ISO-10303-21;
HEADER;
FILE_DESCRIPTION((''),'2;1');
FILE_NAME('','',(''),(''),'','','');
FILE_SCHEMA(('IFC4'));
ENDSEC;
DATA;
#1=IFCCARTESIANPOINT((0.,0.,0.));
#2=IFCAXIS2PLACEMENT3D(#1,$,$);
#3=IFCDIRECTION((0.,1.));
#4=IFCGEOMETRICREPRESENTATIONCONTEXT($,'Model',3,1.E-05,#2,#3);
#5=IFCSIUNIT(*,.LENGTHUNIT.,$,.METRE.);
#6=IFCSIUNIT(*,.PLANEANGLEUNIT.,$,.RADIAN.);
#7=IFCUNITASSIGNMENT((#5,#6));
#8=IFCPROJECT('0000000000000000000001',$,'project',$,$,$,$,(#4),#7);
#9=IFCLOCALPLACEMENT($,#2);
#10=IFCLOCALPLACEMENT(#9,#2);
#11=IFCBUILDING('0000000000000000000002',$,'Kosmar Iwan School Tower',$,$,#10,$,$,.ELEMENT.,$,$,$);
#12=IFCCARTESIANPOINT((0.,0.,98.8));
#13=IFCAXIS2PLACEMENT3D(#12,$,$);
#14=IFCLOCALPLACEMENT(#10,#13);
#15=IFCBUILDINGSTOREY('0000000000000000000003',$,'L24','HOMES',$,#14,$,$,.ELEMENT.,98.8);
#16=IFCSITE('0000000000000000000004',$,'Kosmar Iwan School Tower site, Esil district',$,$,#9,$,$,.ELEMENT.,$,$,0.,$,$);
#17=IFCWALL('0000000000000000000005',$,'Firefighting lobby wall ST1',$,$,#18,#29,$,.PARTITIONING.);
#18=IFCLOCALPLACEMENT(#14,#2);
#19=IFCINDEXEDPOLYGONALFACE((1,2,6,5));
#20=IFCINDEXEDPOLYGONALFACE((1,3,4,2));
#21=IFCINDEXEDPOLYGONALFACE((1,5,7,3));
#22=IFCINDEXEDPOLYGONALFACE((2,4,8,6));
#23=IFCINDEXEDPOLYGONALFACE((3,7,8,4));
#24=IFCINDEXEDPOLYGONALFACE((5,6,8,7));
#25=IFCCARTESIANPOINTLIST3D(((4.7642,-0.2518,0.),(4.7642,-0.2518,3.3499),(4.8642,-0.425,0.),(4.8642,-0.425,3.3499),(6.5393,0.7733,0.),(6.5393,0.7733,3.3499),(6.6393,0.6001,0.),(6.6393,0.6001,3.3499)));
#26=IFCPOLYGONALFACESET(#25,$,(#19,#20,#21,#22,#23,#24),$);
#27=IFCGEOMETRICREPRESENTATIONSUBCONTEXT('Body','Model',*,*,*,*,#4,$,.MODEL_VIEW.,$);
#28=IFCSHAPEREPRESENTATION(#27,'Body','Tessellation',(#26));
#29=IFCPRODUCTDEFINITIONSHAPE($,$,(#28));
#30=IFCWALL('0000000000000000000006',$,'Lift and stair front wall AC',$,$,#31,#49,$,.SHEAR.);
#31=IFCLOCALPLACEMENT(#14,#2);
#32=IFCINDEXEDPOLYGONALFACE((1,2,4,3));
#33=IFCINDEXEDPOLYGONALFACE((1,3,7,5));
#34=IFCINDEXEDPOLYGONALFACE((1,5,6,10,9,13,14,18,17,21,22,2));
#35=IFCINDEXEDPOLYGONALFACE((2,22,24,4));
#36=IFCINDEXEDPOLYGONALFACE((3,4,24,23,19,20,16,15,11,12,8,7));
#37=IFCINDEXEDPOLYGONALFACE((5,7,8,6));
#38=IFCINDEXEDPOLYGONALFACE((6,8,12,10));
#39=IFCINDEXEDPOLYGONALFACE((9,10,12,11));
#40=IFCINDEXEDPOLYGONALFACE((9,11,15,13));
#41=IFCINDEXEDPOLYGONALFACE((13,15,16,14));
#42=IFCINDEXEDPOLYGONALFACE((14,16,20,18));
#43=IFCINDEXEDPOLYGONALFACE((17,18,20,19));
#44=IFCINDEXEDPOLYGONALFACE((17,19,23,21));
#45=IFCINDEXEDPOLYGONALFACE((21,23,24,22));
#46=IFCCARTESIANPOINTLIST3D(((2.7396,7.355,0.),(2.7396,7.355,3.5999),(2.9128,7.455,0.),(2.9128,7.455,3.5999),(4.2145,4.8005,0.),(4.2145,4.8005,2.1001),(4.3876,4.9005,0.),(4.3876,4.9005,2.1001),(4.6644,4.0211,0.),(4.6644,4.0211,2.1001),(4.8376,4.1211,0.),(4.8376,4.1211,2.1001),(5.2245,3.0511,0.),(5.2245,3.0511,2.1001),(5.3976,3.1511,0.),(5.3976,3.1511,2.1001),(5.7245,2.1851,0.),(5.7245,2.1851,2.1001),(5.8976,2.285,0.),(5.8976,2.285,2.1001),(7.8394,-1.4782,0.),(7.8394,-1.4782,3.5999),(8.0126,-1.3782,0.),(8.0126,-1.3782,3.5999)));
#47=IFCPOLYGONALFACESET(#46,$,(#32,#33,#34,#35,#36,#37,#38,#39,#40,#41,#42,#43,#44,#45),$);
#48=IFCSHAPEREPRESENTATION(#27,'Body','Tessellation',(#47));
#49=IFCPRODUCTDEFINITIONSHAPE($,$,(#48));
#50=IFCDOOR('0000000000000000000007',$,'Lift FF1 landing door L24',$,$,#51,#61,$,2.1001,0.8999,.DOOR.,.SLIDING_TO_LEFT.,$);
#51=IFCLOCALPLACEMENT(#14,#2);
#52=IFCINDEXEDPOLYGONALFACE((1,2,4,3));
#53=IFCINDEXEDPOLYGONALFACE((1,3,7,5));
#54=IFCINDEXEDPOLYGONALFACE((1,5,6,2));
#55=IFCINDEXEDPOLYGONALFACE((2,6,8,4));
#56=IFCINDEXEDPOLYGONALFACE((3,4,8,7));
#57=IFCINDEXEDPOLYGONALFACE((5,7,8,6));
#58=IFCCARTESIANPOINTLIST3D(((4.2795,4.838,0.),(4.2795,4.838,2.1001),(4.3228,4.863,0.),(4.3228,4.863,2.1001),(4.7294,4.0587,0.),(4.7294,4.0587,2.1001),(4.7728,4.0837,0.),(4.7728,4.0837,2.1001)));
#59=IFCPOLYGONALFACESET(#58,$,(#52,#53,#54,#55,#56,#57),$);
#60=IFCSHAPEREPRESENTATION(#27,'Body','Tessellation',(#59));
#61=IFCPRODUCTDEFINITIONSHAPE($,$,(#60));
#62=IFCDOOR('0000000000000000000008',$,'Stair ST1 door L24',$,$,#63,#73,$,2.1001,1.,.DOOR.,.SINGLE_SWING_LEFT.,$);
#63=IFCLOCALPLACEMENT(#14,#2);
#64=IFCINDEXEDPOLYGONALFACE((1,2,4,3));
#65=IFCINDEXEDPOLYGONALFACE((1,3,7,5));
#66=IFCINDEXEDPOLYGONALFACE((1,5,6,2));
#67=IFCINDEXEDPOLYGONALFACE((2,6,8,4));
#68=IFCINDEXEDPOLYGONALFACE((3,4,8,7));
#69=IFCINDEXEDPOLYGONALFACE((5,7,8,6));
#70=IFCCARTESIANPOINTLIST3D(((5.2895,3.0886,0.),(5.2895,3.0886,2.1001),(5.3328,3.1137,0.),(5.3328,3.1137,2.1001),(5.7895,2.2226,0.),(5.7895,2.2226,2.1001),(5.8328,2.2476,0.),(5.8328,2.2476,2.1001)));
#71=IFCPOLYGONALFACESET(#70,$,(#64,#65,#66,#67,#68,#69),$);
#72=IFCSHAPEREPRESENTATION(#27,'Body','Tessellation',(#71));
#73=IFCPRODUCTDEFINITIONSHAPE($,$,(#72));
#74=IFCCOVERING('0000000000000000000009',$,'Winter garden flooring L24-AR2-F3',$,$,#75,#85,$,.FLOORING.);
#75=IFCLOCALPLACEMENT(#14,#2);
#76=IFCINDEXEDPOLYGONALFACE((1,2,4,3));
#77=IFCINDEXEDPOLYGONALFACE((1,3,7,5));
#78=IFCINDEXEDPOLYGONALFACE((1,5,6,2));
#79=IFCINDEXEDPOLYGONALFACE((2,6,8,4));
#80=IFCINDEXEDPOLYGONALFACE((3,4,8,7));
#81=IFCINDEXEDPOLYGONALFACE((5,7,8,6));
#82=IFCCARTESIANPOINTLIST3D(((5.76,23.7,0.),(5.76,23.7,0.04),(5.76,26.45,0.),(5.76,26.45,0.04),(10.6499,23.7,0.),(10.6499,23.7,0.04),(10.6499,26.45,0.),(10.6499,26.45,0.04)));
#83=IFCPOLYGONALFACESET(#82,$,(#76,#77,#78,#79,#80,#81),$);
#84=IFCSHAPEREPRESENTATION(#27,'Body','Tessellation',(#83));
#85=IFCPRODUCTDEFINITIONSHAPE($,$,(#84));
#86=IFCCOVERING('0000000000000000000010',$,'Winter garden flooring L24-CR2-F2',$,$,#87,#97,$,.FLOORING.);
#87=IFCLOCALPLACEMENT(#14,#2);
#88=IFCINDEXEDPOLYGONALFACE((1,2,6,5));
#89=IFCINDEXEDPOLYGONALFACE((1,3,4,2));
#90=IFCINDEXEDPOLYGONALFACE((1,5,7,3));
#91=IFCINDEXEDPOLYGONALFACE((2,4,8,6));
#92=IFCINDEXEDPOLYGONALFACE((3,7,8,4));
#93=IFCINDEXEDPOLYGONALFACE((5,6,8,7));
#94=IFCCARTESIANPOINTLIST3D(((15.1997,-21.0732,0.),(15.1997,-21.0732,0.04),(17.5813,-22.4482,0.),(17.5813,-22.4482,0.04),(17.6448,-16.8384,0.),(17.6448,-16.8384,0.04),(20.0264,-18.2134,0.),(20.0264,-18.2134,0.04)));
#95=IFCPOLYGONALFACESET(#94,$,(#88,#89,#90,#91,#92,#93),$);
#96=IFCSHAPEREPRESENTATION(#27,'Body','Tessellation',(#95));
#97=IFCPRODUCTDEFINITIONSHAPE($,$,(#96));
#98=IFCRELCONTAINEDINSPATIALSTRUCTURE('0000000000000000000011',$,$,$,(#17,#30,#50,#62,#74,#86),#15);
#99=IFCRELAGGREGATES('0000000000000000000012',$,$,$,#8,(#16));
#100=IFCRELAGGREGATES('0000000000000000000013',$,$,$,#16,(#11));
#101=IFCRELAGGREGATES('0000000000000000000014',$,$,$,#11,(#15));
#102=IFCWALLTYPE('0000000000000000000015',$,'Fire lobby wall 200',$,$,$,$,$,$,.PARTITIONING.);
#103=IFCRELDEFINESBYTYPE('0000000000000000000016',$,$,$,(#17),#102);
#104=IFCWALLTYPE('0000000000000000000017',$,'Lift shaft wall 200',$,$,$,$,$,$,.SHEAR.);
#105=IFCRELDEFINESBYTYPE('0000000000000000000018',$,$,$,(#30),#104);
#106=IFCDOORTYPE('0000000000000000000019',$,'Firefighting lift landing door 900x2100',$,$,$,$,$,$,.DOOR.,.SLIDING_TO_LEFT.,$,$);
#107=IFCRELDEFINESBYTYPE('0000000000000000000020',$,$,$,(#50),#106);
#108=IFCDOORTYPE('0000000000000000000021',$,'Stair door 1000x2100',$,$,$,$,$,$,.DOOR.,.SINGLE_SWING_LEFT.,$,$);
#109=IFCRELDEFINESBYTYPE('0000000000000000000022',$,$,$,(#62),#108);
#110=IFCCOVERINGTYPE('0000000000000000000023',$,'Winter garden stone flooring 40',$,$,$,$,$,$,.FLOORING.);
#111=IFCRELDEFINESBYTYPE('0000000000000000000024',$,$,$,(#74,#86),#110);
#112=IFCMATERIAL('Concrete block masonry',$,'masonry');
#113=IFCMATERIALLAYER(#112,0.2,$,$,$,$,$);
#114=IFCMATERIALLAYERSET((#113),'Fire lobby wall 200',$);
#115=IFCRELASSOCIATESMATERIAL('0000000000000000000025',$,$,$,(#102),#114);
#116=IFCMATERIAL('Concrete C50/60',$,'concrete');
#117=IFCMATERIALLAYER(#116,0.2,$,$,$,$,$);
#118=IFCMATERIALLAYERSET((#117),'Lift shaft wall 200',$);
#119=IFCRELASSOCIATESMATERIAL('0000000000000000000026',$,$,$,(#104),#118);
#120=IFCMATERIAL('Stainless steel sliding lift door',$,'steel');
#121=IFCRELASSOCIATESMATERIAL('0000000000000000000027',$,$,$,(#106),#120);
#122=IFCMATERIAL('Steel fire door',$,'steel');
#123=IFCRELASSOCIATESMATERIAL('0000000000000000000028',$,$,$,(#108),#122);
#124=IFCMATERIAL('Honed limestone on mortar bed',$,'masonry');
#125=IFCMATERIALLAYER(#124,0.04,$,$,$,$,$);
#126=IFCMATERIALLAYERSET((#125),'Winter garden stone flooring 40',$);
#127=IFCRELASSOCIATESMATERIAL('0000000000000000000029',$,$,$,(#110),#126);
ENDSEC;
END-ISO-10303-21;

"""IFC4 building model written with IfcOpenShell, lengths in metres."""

from ifc_helpers import new_model, si_unit, direction, frame, frame_2d, origin, place, context, subcontext, project, spatial, polyline, rectangle, outline, extrude, material, layer, layer_set, type_object, element, fill, save


model = new_model("IFC4")

# Units and contexts
model_context = context("Model", 3, precision=1e-05, world=origin(), true_north=direction((0.0, 1.0)))
body_context = subcontext(model_context, "Body", "Model", "MODEL_VIEW")
ifc_project = project(units=[si_unit("LENGTHUNIT", "METRE"), si_unit("PLANEANGLEUNIT", "RADIAN")], contexts=[model_context])

# Site, building, storey
site_placement = place(None, origin())
site = spatial("IfcSite", under=ifc_project, at=site_placement, Name="Kosmar Iwan School Tower site, Esil district", CompositionType="ELEMENT", RefElevation=0.0)
building_placement = place(site_placement, origin())
building = spatial("IfcBuilding", under=site, at=building_placement, Name="Kosmar Iwan School Tower", CompositionType="ELEMENT")
storey_placement = place(building_placement, frame((0.0, 0.0, 98.8)))
storey = spatial("IfcBuildingStorey", under=building, at=storey_placement, Name="L24", Description="HOMES", CompositionType="ELEMENT", Elevation=98.8)

# Shared definitions
ifc_material_1 = material(Name="Concrete block masonry", Category="masonry")
ifc_layer_1 = layer(ifc_material_1, 0.2)
ifc_layer_set_1 = layer_set([ifc_layer_1], Name="Fire lobby wall 200")
wall_type_1 = type_object("IfcWallType", Name="Fire lobby wall 200", PredefinedType="PARTITIONING", material=ifc_layer_set_1)

# Wall
wall_1_placement = place(storey_placement, frame((4.8142, -0.3384, 0.0), z_axis=(0.0, 0.0, 1.0), x_axis=(0.865969, 0.500097, 0.0)))
element("IfcWall", 1, at=wall_1_placement, inside=storey, type_object=wall_type_1, Name="Firefighting lobby wall ST1", PredefinedType="PARTITIONING", context=body_context, shape_type="SweptSolid", body=[
    extrude(rectangle(XDim=2.0498, YDim=0.2, at=frame_2d((1.0249, 0.0))), origin(), (0.0, 0.0, 1.0), 3.3499),
])

# Wall, openings, doors
ifc_material_2 = material(Name="Concrete C50/60", Category="concrete")
ifc_layer_2 = layer(ifc_material_2, 0.2)
ifc_layer_set_2 = layer_set([ifc_layer_2], Name="Lift shaft wall 200")
wall_type_2 = type_object("IfcWallType", Name="Lift shaft wall 200", PredefinedType="SHEAR", material=ifc_layer_set_2)
wall_2_placement = place(storey_placement, frame((7.926, -1.4282, 0.0), z_axis=(0.0, 0.0, 1.0), x_axis=(-0.499998, 0.866027, 0.0)))
wall_2 = element("IfcWall", 2, at=wall_2_placement, inside=storey, type_object=wall_type_2, Name="Lift and stair front wall AC", PredefinedType="SHEAR", context=body_context, shape_type="SweptSolid", body=[
    extrude(rectangle(XDim=10.1997, YDim=0.2, at=frame_2d((5.0999, 0.0))), origin(), (0.0, 0.0, 1.0), 3.5999),
])
opening_1_placement = place(wall_2_placement, frame((6.3501, 0.0, 0.0)))
opening_1 = element("IfcOpeningElement", 3, at=opening_1_placement, cuts=wall_2, PredefinedType="OPENING", context=body_context, shape_type="SweptSolid", body=[
    extrude(rectangle(XDim=0.8999, YDim=2.1001, at=frame_2d((0.45, 1.05))), frame((0.0, 0.1121, 0.0), z_axis=(0.0, -1.0, 0.0), x_axis=(1.0, 0.0, 0.0)), (0.0, 0.0, 1.0), 0.2239),
])
opening_2_placement = place(wall_2_placement, frame((4.23, 0.0, 0.0)))
opening_2 = element("IfcOpeningElement", 4, at=opening_2_placement, cuts=wall_2, PredefinedType="OPENING", context=body_context, shape_type="SweptSolid", body=[
    extrude(rectangle(XDim=1.0, YDim=2.1001, at=frame_2d((0.5, 1.05))), frame((0.0, 0.1121, 0.0), z_axis=(0.0, -1.0, 0.0), x_axis=(1.0, 0.0, 0.0)), (0.0, 0.0, 1.0), 0.2239),
])
ifc_material_3 = material(Name="Stainless steel sliding lift door", Category="steel")
door_type_1 = type_object("IfcDoorType", Name="Firefighting lift landing door 900x2100", OperationType="SLIDING_TO_LEFT", PredefinedType="DOOR", material=ifc_material_3)
door_1_placement = place(opening_1_placement, origin())
door_1 = element("IfcDoor", 5, at=door_1_placement, inside=storey, type_object=door_type_1, Name="Lift FF1 landing door L24", OperationType="SLIDING_TO_LEFT", OverallHeight=2.1001, OverallWidth=0.8999, PredefinedType="DOOR", context=body_context, shape_type="SweptSolid", body=[
    extrude(rectangle(XDim=0.8999, YDim=2.1001, at=frame_2d((0.45, 1.05))), frame((0.0, 0.0249, 0.0), z_axis=(0.0, -1.0, 0.0), x_axis=(1.0, 0.0, 0.0)), (0.0, 0.0, 1.0), 0.05),
])
fill(opening_1, door_1)
ifc_material_4 = material(Name="Steel fire door", Category="steel")
door_type_2 = type_object("IfcDoorType", Name="Stair door 1000x2100", OperationType="SINGLE_SWING_LEFT", PredefinedType="DOOR", material=ifc_material_4)
door_2_placement = place(opening_2_placement, origin())
door_2 = element("IfcDoor", 6, at=door_2_placement, inside=storey, type_object=door_type_2, Name="Stair ST1 door L24", OperationType="SINGLE_SWING_LEFT", OverallHeight=2.1001, OverallWidth=1.0, PredefinedType="DOOR", context=body_context, shape_type="SweptSolid", body=[
    extrude(rectangle(XDim=1.0, YDim=2.1001, at=frame_2d((0.5, 1.05))), frame((0.0, 0.0249, 0.0), z_axis=(0.0, -1.0, 0.0), x_axis=(1.0, 0.0, 0.0)), (0.0, 0.0, 1.0), 0.05),
])
fill(opening_2, door_2)

# Coverings
ifc_material_5 = material(Name="Honed limestone on mortar bed", Category="masonry")
ifc_layer_3 = layer(ifc_material_5, 0.04)
ifc_layer_set_3 = layer_set([ifc_layer_3], Name="Winter garden stone flooring 40")
covering_type = type_object("IfcCoveringType", Name="Winter garden stone flooring 40", PredefinedType="FLOORING", material=ifc_layer_set_3)
covering_1_placement = place(storey_placement, origin())
element("IfcCovering", 7, at=covering_1_placement, inside=storey, type_object=covering_type, Name="Winter garden flooring L24-AR2-F3", PredefinedType="FLOORING", context=body_context, shape_type="SweptSolid", body=[
    extrude(outline(polyline([(5.76, 23.7), (10.6499, 23.7), (10.6499, 26.45), (5.76, 26.45), (5.76, 23.7)])), origin(), (0.0, 0.0, 1.0), 0.04),
])
covering_2_placement = place(storey_placement, origin())
element("IfcCovering", 8, at=covering_2_placement, inside=storey, type_object=covering_type, Name="Winter garden flooring L24-CR2-F2", PredefinedType="FLOORING", context=body_context, shape_type="SweptSolid", body=[
    extrude(outline(polyline([(17.5813, -22.4482), (20.0264, -18.2134), (17.6448, -16.8384), (15.1997, -21.0732), (17.5813, -22.4482)])), origin(), (0.0, 0.0, 1.0), 0.04),
])

save(model, "model.ifc")
